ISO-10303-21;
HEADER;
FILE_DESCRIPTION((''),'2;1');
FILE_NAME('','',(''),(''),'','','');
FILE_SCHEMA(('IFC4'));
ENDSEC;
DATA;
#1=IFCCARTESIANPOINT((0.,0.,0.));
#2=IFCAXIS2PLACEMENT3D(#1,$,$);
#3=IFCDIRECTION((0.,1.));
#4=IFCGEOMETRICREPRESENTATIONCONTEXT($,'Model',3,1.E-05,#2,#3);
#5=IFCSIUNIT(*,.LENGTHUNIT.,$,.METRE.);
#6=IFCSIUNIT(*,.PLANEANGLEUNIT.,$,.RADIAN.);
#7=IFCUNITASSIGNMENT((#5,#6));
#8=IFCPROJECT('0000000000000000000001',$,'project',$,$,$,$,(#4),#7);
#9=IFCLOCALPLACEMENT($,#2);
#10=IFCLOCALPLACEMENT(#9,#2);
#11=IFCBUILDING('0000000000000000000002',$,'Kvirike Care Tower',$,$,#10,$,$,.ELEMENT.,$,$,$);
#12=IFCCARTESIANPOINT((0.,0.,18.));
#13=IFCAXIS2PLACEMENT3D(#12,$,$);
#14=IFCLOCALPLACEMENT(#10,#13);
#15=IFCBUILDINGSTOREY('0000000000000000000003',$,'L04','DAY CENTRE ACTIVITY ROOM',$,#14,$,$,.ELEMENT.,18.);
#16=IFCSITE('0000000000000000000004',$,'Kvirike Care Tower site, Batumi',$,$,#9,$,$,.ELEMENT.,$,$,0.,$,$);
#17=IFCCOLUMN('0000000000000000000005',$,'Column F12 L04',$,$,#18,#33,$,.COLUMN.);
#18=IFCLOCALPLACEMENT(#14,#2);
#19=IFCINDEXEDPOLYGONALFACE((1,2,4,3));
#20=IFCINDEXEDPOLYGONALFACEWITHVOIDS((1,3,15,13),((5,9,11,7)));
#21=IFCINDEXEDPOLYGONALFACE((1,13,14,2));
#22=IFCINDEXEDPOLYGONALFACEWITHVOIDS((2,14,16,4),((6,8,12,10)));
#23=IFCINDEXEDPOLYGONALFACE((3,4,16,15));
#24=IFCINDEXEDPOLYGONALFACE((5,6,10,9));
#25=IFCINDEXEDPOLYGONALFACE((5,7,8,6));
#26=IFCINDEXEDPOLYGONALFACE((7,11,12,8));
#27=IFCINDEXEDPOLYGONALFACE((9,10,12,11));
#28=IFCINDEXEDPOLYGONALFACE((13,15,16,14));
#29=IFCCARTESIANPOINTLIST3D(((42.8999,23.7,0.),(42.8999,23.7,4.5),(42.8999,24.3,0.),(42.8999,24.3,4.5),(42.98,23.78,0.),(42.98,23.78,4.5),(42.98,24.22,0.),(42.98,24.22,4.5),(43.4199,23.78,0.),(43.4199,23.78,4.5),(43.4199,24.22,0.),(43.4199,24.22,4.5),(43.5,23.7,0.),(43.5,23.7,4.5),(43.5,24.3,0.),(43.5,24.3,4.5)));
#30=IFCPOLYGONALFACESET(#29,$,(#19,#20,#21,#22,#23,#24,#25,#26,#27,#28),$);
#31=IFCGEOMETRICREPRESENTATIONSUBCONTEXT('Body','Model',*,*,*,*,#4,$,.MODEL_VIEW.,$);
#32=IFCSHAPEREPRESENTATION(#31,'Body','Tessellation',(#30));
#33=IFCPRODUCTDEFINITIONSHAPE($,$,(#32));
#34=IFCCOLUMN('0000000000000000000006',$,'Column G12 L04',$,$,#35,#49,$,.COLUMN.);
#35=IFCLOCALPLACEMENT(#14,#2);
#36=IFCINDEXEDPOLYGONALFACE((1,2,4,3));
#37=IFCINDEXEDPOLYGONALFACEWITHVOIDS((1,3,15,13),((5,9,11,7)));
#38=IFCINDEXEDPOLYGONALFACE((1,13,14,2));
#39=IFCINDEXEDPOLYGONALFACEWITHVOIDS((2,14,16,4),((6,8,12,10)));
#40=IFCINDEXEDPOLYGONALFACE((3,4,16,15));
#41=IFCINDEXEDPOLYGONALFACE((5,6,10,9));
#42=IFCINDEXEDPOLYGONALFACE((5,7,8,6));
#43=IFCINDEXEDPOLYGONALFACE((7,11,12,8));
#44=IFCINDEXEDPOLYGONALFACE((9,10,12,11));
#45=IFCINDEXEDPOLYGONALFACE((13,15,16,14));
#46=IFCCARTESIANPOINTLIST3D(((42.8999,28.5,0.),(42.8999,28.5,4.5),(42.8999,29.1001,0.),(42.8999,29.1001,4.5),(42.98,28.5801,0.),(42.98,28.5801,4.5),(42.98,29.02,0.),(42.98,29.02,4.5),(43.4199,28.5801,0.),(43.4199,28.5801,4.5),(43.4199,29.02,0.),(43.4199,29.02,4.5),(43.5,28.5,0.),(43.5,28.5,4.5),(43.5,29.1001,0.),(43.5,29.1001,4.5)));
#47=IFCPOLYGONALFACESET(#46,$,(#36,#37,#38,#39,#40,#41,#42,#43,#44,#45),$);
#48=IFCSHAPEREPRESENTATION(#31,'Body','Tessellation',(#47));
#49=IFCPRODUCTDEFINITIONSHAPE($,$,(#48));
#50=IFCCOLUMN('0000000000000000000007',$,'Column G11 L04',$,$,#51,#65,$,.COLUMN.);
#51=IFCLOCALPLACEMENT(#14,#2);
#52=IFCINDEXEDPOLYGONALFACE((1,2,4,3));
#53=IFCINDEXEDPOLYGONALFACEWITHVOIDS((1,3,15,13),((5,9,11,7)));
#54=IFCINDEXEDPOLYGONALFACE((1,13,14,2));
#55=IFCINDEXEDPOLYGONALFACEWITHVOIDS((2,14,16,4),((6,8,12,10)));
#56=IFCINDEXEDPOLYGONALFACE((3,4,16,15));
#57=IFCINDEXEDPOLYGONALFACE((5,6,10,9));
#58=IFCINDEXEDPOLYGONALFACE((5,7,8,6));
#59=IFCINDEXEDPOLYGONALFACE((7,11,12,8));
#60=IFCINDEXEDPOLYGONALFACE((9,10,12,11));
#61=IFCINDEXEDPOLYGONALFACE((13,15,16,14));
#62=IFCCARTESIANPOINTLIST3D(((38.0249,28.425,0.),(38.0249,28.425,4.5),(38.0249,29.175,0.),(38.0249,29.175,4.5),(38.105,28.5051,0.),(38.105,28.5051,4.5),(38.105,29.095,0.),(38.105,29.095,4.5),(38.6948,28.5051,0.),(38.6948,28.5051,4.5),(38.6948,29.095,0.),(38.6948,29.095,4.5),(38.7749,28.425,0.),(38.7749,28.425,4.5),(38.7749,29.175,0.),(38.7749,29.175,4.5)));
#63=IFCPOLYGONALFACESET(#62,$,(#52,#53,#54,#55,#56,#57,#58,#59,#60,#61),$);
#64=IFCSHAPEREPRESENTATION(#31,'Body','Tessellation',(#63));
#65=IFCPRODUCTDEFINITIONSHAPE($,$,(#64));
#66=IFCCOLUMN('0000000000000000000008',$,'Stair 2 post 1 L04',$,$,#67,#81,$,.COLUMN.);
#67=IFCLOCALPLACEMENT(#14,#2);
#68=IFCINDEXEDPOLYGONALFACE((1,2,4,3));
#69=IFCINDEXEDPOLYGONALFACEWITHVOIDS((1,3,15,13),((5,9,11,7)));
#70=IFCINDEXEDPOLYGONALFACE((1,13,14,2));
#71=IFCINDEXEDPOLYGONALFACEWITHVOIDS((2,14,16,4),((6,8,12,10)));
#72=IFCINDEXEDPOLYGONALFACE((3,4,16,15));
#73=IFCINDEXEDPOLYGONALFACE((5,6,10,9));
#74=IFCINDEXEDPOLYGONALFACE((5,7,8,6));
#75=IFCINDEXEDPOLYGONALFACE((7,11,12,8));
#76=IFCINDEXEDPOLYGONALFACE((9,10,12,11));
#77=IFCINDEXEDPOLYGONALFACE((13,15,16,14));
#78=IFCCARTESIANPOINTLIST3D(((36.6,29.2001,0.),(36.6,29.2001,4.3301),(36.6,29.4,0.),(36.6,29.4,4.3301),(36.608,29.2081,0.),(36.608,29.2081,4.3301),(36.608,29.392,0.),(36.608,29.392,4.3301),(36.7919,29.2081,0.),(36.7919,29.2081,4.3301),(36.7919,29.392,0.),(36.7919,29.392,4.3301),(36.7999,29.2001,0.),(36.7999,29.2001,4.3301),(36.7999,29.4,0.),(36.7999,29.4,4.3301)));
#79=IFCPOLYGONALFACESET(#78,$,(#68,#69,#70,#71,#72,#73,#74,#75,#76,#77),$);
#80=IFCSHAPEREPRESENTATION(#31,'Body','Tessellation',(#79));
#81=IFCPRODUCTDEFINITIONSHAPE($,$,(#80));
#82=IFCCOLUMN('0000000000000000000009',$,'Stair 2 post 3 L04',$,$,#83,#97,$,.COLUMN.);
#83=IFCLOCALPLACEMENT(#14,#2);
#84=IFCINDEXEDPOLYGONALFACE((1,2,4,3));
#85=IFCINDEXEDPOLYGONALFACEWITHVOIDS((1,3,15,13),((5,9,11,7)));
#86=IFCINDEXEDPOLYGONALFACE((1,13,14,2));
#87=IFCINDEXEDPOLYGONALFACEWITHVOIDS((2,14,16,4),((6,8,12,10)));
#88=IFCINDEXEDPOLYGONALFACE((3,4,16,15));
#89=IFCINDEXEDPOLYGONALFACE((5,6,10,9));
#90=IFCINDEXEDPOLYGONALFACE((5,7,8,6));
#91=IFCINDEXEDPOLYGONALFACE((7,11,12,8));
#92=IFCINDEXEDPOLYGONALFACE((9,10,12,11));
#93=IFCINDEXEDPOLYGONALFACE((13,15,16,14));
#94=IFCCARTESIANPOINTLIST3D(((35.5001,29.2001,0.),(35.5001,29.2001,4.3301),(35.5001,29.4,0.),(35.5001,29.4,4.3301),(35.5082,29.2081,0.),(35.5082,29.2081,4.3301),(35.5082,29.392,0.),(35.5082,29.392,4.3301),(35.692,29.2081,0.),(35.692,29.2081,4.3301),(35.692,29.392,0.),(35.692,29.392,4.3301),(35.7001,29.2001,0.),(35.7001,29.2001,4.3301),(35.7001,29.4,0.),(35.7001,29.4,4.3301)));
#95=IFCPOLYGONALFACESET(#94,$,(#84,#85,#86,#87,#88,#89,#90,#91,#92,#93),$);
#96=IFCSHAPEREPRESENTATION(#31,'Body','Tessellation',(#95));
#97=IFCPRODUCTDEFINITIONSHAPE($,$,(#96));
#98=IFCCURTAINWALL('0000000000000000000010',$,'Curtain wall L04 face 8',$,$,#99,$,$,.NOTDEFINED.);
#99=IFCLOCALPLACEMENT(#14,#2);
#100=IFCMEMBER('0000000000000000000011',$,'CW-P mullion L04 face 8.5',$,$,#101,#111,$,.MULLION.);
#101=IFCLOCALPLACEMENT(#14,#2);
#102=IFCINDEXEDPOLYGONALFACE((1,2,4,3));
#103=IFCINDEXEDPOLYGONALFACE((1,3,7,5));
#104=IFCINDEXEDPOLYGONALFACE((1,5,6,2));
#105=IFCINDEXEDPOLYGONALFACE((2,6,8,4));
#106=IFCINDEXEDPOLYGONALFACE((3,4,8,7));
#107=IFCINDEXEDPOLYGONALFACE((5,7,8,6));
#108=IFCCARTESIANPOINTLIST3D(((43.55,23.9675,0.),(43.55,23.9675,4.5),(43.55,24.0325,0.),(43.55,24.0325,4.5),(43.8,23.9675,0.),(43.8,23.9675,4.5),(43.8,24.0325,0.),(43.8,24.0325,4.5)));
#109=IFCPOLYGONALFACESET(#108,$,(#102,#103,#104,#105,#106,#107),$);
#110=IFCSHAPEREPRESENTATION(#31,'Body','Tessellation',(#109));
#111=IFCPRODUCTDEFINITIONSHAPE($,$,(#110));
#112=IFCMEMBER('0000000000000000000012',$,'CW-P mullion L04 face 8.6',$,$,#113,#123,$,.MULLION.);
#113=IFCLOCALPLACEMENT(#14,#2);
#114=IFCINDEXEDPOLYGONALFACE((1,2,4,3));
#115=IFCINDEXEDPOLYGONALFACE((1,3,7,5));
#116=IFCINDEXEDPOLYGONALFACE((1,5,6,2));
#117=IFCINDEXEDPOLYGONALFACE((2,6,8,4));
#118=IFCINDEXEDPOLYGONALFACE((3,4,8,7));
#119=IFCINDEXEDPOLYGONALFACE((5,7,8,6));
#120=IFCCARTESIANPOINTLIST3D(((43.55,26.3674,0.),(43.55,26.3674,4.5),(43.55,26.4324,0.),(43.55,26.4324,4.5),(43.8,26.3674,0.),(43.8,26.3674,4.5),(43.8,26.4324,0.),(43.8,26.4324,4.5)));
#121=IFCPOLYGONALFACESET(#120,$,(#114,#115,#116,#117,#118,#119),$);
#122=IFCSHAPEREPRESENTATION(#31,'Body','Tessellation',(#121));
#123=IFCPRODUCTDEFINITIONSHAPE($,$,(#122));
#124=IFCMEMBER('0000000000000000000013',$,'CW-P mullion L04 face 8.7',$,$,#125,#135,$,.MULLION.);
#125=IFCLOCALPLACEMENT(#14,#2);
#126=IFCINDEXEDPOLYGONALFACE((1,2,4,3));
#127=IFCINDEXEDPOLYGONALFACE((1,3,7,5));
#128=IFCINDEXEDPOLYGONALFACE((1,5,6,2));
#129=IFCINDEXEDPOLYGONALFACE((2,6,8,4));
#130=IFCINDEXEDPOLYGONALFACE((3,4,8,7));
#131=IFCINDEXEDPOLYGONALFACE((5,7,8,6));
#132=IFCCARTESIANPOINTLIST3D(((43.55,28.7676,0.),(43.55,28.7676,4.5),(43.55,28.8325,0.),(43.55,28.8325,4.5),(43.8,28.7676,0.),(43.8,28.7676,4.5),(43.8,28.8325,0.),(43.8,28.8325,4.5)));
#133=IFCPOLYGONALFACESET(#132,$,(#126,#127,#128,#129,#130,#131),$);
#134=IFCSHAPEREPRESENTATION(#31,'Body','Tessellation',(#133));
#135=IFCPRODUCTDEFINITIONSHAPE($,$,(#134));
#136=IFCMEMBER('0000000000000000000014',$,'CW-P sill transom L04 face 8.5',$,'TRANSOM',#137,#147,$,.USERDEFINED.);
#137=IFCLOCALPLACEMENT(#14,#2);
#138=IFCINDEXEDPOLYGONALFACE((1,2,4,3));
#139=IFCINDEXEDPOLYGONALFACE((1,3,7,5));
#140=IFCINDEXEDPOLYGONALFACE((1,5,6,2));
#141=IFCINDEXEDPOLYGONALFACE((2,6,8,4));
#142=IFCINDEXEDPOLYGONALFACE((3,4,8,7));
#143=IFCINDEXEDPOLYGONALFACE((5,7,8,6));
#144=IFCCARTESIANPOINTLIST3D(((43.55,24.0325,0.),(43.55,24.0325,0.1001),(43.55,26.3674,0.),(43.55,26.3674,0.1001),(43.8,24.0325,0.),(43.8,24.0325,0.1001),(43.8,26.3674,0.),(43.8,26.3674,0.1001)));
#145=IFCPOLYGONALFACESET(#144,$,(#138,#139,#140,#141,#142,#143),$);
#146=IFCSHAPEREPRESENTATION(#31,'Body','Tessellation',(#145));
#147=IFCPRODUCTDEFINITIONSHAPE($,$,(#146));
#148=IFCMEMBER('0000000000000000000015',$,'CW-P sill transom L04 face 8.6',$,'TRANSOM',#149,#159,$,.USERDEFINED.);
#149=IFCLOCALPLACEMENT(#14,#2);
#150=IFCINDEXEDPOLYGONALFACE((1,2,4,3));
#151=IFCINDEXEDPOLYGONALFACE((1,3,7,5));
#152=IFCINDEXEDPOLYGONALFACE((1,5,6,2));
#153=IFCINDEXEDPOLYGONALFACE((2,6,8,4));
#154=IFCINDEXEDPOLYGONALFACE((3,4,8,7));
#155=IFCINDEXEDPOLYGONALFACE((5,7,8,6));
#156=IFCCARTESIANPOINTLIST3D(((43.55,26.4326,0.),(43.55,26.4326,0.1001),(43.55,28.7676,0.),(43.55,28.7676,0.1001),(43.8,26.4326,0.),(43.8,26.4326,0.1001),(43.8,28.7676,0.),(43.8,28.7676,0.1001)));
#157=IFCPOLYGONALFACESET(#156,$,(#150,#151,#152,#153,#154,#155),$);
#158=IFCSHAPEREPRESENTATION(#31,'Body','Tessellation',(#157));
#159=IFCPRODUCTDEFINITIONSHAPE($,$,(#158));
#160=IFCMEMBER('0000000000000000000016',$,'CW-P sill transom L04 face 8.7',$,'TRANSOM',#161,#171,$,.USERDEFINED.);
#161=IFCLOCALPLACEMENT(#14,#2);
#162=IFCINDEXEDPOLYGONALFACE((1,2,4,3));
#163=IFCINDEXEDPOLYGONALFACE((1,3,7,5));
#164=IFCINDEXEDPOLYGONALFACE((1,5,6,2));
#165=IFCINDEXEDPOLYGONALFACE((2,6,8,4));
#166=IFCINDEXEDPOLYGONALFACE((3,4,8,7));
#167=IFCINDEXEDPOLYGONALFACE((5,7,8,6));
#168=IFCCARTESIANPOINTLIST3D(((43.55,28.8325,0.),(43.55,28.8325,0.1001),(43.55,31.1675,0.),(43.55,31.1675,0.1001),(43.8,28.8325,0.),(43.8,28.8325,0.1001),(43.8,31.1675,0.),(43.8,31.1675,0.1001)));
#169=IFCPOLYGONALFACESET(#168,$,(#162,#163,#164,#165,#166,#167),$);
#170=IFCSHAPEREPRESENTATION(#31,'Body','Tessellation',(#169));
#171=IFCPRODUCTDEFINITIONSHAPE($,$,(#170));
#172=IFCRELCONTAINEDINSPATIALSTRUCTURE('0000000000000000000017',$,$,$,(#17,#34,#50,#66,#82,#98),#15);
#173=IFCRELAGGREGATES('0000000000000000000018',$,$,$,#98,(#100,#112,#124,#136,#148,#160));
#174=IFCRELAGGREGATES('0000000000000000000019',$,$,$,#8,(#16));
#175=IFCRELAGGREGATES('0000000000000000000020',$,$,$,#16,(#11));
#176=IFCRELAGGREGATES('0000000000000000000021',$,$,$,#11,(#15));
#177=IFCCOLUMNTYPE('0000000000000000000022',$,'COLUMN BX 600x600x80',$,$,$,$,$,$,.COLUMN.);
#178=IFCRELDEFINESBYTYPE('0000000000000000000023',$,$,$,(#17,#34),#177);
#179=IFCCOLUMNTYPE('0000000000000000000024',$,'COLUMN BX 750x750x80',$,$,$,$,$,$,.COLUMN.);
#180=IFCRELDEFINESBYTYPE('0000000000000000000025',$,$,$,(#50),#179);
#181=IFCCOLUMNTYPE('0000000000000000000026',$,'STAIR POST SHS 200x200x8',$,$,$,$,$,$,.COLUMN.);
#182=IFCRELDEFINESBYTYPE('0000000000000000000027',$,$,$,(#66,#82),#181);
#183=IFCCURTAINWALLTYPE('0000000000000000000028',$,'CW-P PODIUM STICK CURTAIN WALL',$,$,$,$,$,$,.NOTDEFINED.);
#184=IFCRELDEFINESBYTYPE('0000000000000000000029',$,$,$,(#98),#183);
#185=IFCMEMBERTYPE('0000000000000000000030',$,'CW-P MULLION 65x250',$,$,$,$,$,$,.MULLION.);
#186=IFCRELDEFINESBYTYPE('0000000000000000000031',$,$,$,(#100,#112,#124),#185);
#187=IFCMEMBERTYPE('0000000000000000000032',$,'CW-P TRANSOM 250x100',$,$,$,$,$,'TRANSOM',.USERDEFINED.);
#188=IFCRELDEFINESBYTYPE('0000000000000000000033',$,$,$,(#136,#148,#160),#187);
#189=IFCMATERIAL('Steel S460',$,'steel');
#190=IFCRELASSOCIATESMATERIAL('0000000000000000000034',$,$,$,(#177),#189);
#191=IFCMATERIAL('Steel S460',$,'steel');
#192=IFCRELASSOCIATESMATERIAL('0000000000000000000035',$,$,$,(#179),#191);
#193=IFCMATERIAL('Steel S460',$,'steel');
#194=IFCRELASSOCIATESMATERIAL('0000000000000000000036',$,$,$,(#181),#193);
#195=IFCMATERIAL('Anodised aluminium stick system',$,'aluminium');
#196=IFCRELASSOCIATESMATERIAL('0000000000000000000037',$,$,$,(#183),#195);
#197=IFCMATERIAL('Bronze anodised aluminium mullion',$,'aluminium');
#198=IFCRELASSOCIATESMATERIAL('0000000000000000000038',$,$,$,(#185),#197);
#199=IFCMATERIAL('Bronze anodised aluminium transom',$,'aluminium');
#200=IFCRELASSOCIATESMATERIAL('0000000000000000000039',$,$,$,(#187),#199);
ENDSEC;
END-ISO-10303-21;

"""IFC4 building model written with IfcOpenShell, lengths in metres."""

from ifc_helpers import new_model, si_unit, direction, frame, origin, origin_2d, place, context, subcontext, project, spatial, rectangle, hollow_rectangle, extrude, material, material_profile, profile_set, type_object, element, aggregate, save


model = new_model("IFC4")

# Units and contexts
model_context = context("Model", 3, precision=1e-05, world=origin(), true_north=direction((0.0, 1.0)))
body_context = subcontext(model_context, "Body", "Model", "MODEL_VIEW")
ifc_project = project(units=[si_unit("LENGTHUNIT", "METRE"), si_unit("PLANEANGLEUNIT", "RADIAN")], contexts=[model_context])

# Site, building, storey
site_placement = place(None, origin())
site = spatial("IfcSite", under=ifc_project, at=site_placement, Name="Kvirike Care Tower site, Batumi", CompositionType="ELEMENT", RefElevation=0.0)
building_placement = place(site_placement, origin())
building = spatial("IfcBuilding", under=site, at=building_placement, Name="Kvirike Care Tower", CompositionType="ELEMENT")
storey_placement = place(building_placement, frame((0.0, 0.0, 18.0)))
storey = spatial("IfcBuildingStorey", under=building, at=storey_placement, Name="L04", Description="DAY CENTRE ACTIVITY ROOM", CompositionType="ELEMENT", Elevation=18.0)

# Columns
ifc_material_1 = material(Name="Steel S460", Category="steel")
ifc_material_profile_1 = material_profile(ifc_material_1, hollow_rectangle(XDim=0.6001, YDim=0.6001, WallThickness=0.0801, at=origin_2d()), Name="BX 600x600x80")
ifc_profile_set_1 = profile_set([ifc_material_profile_1], Name="Steel S460")
column_type_1 = type_object("IfcColumnType", Name="COLUMN BX 600x600x80", PredefinedType="COLUMN", material=ifc_profile_set_1)
for number, where, z_axis, x_axis, name in (
    (1, (43.2, 24.0, 0.0), (0.0, 0.0, 1.0), (1.0, 0.0, 0.0), "Column F12 L04"),
    (2, (43.2, 28.8, 0.0), (0.0, 0.0, 1.0), (0.0, 1.0, 0.0), "Column G12 L04"),
):
    element("IfcColumn", number, at=place(storey_placement, frame(where, z_axis=z_axis, x_axis=x_axis)), inside=storey, type_object=column_type_1, Name=name, PredefinedType="COLUMN", context=body_context, shape_type="SweptSolid", body=[
        extrude(hollow_rectangle(XDim=0.6001, YDim=0.6001, WallThickness=0.0801, at=origin_2d()), origin(), (0.0, 0.0, 1.0), 4.5),
    ])
ifc_material_2 = material(Name="Steel S460", Category="steel")
ifc_material_profile_2 = material_profile(ifc_material_2, hollow_rectangle(XDim=0.75, YDim=0.75, WallThickness=0.0801, at=origin_2d()), Name="BX 750x750x80")
ifc_profile_set_2 = profile_set([ifc_material_profile_2], Name="Steel S460")
column_type_2 = type_object("IfcColumnType", Name="COLUMN BX 750x750x80", PredefinedType="COLUMN", material=ifc_profile_set_2)
column_placement = place(storey_placement, frame((38.3999, 28.8, 0.0), z_axis=(0.0, 0.0, 1.0), x_axis=(0.0, 1.0, 0.0)))
element("IfcColumn", 3, at=column_placement, inside=storey, type_object=column_type_2, Name="Column G11 L04", PredefinedType="COLUMN", context=body_context, shape_type="SweptSolid", body=[
    extrude(hollow_rectangle(XDim=0.75, YDim=0.75, WallThickness=0.0801, at=origin_2d()), origin(), (0.0, 0.0, 1.0), 4.5),
])
ifc_material_3 = material(Name="Steel S460", Category="steel")
ifc_material_profile_3 = material_profile(ifc_material_3, hollow_rectangle(XDim=0.2, YDim=0.2, WallThickness=0.0081, at=origin_2d()), Name="SHS 200x200x8")
ifc_profile_set_3 = profile_set([ifc_material_profile_3], Name="Steel S460")
column_type_3 = type_object("IfcColumnType", Name="STAIR POST SHS 200x200x8", PredefinedType="COLUMN", material=ifc_profile_set_3)
for number, where, z_axis, x_axis, name in (
    (4, (36.7, 29.3, 0.0), (0.0, 0.0, 1.0), (1.0, 0.0, 0.0), "Stair 2 post 1 L04"),
    (5, (35.6001, 29.3, 0.0), (0.0, 0.0, 1.0), (1.0, 0.0, 0.0), "Stair 2 post 3 L04"),
):
    element("IfcColumn", number, at=place(storey_placement, frame(where, z_axis=z_axis, x_axis=x_axis)), inside=storey, type_object=column_type_3, Name=name, PredefinedType="COLUMN", context=body_context, shape_type="SweptSolid", body=[
        extrude(hollow_rectangle(XDim=0.2, YDim=0.2, WallThickness=0.0081, at=origin_2d()), origin(), (0.0, 0.0, 1.0), 4.3301),
    ])

# Curtain wall, members
ifc_material_4 = material(Name="Anodised aluminium stick system", Category="aluminium")
curtain_wall_type = type_object("IfcCurtainWallType", Name="CW-P PODIUM STICK CURTAIN WALL", PredefinedType="NOTDEFINED", material=ifc_material_4)
curtain_wall_placement = place(storey_placement, origin())
curtain_wall = element("IfcCurtainWall", 6, at=curtain_wall_placement, inside=storey, type_object=curtain_wall_type, Name="Curtain wall L04 face 8", PredefinedType="NOTDEFINED")
ifc_material_5 = material(Name="Bronze anodised aluminium mullion", Category="aluminium")
ifc_material_profile_4 = material_profile(ifc_material_5, rectangle(XDim=0.0649, YDim=0.25, at=origin_2d()), Name="CW-P MULLION 65x250")
ifc_profile_set_4 = profile_set([ifc_material_profile_4], Name="Bronze anodised aluminium mullion")
member_type_1 = type_object("IfcMemberType", Name="CW-P MULLION 65x250", PredefinedType="MULLION", material=ifc_profile_set_4)
member_1_placement = place(storey_placement, frame((43.675, 24.0, 0.0), z_axis=(0.0, 0.0, 1.0), x_axis=(0.0, 1.0, 0.0)))
member_1 = element("IfcMember", 7, at=member_1_placement, type_object=member_type_1, Name="CW-P mullion L04 face 8.5", PredefinedType="MULLION", context=body_context, shape_type="SweptSolid", body=[
    extrude(rectangle(XDim=0.0649, YDim=0.25, at=origin_2d()), origin(), (0.0, 0.0, 1.0), 4.5),
])
member_2_placement = place(storey_placement, frame((43.675, 26.3999, 0.0), z_axis=(0.0, 0.0, 1.0), x_axis=(0.0, 1.0, 0.0)))
member_2 = element("IfcMember", 8, at=member_2_placement, type_object=member_type_1, Name="CW-P mullion L04 face 8.6", PredefinedType="MULLION", context=body_context, shape_type="SweptSolid", body=[
    extrude(rectangle(XDim=0.0649, YDim=0.25, at=origin_2d()), origin(), (0.0, 0.0, 1.0), 4.5),
])
member_3_placement = place(storey_placement, frame((43.675, 28.8, 0.0), z_axis=(0.0, 0.0, 1.0), x_axis=(0.0, 1.0, 0.0)))
member_3 = element("IfcMember", 9, at=member_3_placement, type_object=member_type_1, Name="CW-P mullion L04 face 8.7", PredefinedType="MULLION", context=body_context, shape_type="SweptSolid", body=[
    extrude(rectangle(XDim=0.0649, YDim=0.25, at=origin_2d()), origin(), (0.0, 0.0, 1.0), 4.5),
])
ifc_material_6 = material(Name="Bronze anodised aluminium transom", Category="aluminium")
ifc_material_profile_5 = material_profile(ifc_material_6, rectangle(XDim=0.25, YDim=0.1001, at=origin_2d()), Name="CW-P TRANSOM 250x100")
ifc_profile_set_5 = profile_set([ifc_material_profile_5], Name="Bronze anodised aluminium transom")
member_type_2 = type_object("IfcMemberType", Name="CW-P TRANSOM 250x100", ElementType="TRANSOM", PredefinedType="USERDEFINED", material=ifc_profile_set_5)
member_4_placement = place(storey_placement, frame((43.675, 24.0325, 0.05), z_axis=(0.0, 1.0, 0.0), x_axis=(-1.0, 0.0, 0.0)))
member_4 = element("IfcMember", 10, at=member_4_placement, type_object=member_type_2, Name="CW-P sill transom L04 face 8.5", ObjectType="TRANSOM", PredefinedType="USERDEFINED", context=body_context, shape_type="SweptSolid", body=[
    extrude(rectangle(XDim=0.25, YDim=0.1001, at=origin_2d()), origin(), (0.0, 0.0, 1.0), 2.335),
])
member_5_placement = place(storey_placement, frame((43.675, 26.4326, 0.05), z_axis=(0.0, 1.0, 0.0), x_axis=(-1.0, 0.0, 0.0)))
member_5 = element("IfcMember", 11, at=member_5_placement, type_object=member_type_2, Name="CW-P sill transom L04 face 8.6", ObjectType="TRANSOM", PredefinedType="USERDEFINED", context=body_context, shape_type="SweptSolid", body=[
    extrude(rectangle(XDim=0.25, YDim=0.1001, at=origin_2d()), origin(), (0.0, 0.0, 1.0), 2.335),
])
member_6_placement = place(storey_placement, frame((43.675, 28.8325, 0.05), z_axis=(0.0, 1.0, 0.0), x_axis=(-1.0, 0.0, 0.0)))
member_6 = element("IfcMember", 12, at=member_6_placement, type_object=member_type_2, Name="CW-P sill transom L04 face 8.7", ObjectType="TRANSOM", PredefinedType="USERDEFINED", context=body_context, shape_type="SweptSolid", body=[
    extrude(rectangle(XDim=0.25, YDim=0.1001, at=origin_2d()), origin(), (0.0, 0.0, 1.0), 2.335),
])

aggregate(curtain_wall, [member_1, member_2, member_3, member_4, member_5, member_6])

save(model, "model.ifc")
